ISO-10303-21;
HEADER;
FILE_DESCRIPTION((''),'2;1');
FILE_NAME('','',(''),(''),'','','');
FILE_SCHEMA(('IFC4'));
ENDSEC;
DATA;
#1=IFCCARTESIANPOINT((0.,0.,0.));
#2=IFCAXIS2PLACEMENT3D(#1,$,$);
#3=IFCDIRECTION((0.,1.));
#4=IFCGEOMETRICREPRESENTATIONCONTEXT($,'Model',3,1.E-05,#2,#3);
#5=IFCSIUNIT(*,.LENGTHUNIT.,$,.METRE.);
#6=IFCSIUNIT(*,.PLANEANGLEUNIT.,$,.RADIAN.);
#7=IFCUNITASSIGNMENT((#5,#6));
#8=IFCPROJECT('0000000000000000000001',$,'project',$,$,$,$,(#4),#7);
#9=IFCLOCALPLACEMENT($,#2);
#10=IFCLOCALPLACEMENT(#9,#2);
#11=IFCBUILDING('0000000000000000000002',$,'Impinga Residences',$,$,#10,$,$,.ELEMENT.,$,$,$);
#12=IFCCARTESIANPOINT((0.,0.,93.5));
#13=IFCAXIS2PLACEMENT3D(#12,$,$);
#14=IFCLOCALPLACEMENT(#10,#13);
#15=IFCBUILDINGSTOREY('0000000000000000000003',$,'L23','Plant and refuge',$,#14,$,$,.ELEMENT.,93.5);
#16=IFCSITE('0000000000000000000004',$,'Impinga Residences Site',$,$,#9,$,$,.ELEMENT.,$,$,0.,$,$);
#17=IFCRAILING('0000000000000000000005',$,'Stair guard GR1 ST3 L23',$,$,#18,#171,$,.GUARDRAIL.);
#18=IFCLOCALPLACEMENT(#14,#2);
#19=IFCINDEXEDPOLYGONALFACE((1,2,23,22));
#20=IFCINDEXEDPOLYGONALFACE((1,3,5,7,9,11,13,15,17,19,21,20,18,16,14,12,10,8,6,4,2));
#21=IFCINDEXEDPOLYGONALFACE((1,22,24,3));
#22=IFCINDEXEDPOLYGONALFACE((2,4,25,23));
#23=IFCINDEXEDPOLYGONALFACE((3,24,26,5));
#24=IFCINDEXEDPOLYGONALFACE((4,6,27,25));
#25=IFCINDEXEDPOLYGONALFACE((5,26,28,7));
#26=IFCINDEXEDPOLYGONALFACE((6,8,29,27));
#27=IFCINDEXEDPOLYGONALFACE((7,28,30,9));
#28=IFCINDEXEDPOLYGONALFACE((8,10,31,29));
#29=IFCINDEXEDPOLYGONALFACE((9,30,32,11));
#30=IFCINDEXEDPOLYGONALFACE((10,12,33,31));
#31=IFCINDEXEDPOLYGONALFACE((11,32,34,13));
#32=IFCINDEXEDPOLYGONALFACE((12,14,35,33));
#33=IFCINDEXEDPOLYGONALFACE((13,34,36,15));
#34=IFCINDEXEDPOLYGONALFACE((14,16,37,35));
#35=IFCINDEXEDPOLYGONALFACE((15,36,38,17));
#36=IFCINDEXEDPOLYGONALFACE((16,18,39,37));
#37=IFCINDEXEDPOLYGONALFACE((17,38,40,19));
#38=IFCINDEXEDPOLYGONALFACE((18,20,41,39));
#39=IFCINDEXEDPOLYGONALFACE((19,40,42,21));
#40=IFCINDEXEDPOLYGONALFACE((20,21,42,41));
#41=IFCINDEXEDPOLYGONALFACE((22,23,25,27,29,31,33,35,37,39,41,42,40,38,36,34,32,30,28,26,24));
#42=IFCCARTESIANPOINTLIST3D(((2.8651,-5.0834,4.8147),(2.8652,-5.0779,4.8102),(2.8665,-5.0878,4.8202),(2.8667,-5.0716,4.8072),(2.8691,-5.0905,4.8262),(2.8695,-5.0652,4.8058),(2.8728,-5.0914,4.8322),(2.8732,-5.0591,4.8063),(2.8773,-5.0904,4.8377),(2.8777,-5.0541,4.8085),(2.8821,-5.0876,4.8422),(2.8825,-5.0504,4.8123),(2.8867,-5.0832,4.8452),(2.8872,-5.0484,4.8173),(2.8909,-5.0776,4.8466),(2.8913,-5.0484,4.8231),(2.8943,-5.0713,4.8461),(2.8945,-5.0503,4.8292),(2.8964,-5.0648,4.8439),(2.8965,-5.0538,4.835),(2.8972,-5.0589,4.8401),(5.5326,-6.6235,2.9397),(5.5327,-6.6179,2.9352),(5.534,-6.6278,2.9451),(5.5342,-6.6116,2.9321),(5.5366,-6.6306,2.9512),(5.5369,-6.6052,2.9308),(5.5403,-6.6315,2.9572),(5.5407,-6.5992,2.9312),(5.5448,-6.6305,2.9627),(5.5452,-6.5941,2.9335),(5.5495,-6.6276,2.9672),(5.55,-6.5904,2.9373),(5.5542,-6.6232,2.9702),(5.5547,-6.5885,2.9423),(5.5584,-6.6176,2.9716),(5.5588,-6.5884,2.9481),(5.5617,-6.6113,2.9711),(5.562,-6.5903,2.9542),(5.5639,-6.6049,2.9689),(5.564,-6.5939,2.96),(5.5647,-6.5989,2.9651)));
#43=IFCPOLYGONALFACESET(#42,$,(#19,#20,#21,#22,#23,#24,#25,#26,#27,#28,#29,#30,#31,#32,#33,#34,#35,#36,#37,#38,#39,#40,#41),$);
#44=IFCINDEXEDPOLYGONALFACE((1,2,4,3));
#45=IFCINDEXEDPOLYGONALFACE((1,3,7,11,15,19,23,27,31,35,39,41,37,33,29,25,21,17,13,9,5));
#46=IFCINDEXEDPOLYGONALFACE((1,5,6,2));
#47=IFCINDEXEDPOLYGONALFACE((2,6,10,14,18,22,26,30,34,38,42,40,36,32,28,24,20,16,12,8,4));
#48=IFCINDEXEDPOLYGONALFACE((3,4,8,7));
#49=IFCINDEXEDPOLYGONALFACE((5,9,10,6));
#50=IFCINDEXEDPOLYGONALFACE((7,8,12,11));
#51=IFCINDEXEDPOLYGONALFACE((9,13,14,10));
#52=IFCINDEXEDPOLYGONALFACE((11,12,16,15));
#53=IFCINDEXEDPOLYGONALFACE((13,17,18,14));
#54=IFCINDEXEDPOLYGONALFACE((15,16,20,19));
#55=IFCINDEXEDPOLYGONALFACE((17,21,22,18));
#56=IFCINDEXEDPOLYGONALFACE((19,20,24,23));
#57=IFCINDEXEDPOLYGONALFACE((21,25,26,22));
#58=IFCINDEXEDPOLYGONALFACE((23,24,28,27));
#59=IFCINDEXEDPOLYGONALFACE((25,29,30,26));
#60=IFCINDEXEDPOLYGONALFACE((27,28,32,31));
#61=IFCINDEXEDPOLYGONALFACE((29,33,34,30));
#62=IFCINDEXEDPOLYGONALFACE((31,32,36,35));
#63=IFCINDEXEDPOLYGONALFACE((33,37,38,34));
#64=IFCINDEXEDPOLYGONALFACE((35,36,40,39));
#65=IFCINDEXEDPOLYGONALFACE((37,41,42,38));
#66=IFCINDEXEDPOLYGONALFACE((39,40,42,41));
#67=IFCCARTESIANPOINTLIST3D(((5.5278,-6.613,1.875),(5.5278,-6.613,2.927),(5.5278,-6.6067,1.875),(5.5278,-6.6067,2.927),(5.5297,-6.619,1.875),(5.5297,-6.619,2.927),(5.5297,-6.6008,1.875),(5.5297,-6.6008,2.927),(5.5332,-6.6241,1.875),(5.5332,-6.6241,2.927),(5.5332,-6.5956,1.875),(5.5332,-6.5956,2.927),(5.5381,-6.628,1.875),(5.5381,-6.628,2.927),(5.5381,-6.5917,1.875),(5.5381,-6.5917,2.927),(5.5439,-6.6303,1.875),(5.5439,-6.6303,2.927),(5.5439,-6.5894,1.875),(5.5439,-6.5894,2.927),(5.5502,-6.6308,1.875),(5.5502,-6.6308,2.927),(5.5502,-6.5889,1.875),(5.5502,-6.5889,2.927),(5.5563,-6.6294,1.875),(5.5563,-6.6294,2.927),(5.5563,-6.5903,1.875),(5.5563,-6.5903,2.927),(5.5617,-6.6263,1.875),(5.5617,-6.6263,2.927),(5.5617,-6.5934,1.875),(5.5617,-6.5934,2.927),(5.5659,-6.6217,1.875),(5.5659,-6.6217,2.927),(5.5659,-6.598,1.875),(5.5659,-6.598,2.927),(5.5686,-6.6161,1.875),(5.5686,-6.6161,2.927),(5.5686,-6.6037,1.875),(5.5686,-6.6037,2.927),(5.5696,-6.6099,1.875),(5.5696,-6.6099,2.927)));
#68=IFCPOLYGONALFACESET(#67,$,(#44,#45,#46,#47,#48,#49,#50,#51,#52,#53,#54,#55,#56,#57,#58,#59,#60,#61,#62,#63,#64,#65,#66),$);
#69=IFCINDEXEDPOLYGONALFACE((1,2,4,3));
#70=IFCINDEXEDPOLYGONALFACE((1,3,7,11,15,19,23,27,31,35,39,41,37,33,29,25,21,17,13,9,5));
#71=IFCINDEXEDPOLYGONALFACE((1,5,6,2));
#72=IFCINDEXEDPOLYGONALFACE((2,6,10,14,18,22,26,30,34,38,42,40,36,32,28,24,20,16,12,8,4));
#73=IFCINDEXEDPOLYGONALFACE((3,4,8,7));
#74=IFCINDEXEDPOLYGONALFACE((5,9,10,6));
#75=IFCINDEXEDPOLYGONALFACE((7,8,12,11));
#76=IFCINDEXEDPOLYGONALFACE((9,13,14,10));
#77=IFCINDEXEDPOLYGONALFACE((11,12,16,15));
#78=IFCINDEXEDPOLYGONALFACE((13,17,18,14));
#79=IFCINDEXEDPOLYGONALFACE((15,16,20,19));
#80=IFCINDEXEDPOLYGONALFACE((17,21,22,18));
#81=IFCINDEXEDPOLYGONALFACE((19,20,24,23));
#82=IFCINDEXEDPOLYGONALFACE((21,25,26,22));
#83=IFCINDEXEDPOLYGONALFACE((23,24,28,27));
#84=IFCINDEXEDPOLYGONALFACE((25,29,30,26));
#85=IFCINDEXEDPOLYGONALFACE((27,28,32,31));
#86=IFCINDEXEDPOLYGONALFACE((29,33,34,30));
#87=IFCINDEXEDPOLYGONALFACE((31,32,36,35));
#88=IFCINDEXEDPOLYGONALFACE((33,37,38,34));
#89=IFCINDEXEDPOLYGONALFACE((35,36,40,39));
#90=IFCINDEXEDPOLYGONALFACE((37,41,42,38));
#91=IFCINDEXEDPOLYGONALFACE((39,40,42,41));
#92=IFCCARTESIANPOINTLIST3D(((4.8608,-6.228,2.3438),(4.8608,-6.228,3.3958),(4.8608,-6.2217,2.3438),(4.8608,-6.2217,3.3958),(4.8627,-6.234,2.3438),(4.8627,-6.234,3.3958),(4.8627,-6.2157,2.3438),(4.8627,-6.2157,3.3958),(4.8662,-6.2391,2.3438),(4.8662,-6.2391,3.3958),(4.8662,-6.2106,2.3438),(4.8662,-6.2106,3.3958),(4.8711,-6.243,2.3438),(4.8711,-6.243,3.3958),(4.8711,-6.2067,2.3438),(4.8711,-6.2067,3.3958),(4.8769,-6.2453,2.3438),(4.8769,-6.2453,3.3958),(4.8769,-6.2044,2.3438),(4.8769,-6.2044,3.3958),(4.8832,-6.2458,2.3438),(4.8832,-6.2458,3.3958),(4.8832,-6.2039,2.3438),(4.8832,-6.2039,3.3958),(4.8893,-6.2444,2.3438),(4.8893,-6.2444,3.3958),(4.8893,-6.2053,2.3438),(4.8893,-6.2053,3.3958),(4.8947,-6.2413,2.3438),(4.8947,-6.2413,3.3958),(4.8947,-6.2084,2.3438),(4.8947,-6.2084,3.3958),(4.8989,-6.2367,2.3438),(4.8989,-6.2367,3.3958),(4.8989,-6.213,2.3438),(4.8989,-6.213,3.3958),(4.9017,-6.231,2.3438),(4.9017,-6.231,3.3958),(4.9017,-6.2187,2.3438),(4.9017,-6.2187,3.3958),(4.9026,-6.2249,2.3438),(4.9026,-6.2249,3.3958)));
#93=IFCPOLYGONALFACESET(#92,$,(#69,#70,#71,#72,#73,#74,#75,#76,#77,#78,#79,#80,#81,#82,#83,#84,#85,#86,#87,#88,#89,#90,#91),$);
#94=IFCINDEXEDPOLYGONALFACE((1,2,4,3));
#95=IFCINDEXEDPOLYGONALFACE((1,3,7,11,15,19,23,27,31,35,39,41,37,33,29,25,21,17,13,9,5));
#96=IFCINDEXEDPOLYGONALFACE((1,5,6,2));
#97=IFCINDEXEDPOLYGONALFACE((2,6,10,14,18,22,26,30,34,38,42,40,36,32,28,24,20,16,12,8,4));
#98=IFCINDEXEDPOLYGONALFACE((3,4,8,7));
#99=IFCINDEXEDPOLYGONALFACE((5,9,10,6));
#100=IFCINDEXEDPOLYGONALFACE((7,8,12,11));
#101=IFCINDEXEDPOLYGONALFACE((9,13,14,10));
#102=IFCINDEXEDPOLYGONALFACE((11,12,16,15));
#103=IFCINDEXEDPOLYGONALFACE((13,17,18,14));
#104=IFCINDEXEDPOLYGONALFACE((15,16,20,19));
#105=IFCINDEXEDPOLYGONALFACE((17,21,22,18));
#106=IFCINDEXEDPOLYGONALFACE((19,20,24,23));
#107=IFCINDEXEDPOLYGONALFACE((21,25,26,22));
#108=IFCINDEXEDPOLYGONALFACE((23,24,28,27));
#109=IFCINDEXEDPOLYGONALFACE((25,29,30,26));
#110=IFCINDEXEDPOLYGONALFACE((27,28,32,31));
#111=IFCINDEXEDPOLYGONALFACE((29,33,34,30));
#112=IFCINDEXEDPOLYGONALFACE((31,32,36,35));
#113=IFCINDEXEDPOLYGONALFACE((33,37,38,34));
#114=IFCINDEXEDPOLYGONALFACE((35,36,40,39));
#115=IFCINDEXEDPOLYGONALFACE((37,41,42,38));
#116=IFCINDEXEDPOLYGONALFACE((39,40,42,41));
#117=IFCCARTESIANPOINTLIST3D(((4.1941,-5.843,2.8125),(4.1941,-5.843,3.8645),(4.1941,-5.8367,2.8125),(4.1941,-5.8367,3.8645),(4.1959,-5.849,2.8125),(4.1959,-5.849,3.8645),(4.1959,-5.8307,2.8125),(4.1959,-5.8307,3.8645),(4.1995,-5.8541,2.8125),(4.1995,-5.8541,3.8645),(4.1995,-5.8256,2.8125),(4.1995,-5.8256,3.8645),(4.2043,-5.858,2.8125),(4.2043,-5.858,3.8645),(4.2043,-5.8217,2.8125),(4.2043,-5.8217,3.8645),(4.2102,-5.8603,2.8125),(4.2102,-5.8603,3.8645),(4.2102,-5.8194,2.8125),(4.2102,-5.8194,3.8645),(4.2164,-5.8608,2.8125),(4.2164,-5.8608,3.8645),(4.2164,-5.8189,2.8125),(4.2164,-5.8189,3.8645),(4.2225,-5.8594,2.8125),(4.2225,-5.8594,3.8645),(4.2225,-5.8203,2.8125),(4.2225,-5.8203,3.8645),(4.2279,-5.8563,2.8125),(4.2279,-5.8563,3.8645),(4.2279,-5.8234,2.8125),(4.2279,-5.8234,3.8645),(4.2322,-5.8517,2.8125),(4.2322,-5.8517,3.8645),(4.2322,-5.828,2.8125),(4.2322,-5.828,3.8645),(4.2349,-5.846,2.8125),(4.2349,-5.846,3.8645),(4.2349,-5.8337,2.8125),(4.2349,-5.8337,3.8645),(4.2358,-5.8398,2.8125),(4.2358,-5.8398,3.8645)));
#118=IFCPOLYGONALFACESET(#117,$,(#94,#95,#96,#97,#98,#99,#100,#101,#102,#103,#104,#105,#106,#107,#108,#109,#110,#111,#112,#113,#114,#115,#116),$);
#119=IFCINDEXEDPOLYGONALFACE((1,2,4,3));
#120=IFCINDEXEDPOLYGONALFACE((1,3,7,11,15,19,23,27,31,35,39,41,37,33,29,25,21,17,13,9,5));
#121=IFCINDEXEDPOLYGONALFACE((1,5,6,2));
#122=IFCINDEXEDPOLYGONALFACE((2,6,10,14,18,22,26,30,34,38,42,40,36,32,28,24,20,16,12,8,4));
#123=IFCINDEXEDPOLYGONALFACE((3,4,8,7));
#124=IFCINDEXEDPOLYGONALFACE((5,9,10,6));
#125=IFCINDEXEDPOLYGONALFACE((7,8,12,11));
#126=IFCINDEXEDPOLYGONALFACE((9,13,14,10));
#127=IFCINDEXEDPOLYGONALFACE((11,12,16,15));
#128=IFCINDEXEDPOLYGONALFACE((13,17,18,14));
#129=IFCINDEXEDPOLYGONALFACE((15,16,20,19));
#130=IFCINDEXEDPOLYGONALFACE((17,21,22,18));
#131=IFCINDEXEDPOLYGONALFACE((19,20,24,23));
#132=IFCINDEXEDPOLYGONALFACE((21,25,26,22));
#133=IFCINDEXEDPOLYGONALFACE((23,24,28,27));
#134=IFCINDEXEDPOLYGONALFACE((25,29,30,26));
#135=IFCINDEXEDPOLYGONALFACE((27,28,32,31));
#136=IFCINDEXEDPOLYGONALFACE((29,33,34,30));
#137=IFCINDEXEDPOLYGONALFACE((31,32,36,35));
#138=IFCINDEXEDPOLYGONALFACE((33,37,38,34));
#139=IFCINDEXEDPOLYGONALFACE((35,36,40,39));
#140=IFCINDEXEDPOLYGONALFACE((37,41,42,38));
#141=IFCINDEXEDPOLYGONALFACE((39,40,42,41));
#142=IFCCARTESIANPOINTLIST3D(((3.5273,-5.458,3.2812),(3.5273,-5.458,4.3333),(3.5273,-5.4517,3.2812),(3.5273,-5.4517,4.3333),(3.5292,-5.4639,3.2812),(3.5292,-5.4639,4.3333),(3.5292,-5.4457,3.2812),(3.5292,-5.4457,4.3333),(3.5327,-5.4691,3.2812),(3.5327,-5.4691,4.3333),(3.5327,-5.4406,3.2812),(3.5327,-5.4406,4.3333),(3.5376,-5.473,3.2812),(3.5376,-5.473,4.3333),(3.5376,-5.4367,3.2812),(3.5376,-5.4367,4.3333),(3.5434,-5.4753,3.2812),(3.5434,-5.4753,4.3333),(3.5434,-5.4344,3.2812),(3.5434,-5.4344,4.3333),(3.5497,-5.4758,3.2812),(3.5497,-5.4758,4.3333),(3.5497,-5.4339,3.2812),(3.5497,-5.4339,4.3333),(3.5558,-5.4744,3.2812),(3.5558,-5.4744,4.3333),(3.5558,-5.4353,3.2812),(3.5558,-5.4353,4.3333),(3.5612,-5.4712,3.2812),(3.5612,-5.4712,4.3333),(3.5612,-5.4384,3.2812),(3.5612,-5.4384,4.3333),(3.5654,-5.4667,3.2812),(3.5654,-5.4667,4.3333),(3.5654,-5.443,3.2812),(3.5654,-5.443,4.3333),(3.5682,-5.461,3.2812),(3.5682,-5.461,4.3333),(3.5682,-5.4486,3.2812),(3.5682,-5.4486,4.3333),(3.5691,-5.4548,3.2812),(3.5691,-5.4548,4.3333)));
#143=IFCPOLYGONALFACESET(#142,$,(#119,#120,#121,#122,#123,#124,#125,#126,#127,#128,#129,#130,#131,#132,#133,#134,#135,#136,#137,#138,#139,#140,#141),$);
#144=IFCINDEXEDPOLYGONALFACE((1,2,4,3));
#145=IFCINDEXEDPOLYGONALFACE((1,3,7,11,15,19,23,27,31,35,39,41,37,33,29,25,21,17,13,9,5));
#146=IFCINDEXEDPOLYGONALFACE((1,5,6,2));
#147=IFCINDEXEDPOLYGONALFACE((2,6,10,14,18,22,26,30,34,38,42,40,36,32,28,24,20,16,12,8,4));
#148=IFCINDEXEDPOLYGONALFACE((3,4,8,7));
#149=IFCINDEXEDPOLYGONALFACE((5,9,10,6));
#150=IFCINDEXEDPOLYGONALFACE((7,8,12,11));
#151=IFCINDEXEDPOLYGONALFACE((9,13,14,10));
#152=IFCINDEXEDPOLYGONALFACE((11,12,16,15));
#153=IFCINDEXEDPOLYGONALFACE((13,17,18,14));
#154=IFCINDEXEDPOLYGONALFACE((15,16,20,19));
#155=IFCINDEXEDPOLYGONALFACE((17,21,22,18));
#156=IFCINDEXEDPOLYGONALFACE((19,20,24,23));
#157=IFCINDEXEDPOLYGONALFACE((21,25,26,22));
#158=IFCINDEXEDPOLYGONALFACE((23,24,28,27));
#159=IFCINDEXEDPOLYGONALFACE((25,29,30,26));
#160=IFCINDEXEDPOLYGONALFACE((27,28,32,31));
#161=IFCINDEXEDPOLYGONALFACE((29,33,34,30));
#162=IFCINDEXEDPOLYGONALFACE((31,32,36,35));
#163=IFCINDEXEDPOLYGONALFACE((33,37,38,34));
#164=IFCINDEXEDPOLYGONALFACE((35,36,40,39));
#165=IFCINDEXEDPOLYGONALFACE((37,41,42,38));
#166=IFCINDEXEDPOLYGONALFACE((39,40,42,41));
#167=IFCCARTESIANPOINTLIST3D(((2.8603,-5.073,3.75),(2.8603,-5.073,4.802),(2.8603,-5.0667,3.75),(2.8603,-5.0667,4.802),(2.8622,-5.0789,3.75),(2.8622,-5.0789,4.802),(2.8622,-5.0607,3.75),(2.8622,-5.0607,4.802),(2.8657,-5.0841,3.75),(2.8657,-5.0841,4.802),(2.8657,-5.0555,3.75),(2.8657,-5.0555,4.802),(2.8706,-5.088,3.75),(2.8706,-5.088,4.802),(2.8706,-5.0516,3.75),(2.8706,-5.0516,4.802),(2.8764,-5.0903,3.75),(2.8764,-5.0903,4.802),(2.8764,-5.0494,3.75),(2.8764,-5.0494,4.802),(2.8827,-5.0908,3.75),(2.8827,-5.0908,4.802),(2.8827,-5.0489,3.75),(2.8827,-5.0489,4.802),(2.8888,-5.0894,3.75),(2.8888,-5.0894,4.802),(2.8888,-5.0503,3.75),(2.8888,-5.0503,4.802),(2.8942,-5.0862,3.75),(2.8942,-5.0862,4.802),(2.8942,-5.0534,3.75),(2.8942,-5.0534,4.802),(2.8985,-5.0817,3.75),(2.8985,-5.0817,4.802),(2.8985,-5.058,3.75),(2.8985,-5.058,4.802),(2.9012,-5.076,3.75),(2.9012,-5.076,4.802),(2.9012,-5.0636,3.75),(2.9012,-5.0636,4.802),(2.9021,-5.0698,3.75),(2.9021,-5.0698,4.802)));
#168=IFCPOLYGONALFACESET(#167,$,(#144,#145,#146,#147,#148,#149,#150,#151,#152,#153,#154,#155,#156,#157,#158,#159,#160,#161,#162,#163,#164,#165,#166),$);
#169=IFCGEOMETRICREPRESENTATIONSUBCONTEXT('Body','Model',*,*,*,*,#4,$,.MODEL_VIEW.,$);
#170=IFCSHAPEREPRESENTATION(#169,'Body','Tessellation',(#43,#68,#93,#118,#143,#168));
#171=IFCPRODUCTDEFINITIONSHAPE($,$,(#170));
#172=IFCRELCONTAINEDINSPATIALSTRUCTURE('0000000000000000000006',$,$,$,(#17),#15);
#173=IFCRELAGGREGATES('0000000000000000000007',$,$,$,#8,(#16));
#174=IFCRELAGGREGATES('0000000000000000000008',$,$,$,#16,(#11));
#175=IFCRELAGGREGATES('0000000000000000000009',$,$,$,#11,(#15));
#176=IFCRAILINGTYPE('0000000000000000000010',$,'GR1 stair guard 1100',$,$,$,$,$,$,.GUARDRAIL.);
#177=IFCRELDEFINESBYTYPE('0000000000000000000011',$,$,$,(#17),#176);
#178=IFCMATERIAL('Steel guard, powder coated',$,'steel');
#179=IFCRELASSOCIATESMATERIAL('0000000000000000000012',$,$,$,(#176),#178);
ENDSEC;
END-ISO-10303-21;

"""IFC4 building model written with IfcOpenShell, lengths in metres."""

from ifc_helpers import new_model, si_unit, direction, frame, origin, origin_2d, place, context, subcontext, project, spatial, circle, extrude, material, type_object, element, save


model = new_model("IFC4")

# Units and contexts
model_context = context("Model", 3, precision=1e-05, world=origin(), true_north=direction((0.0, 1.0)))
body_context = subcontext(model_context, "Body", "Model", "MODEL_VIEW")
ifc_project = project(units=[si_unit("LENGTHUNIT", "METRE"), si_unit("PLANEANGLEUNIT", "RADIAN")], contexts=[model_context])

# Site, building, storey
site_placement = place(None, origin())
site = spatial("IfcSite", under=ifc_project, at=site_placement, Name="Impinga Residences Site", CompositionType="ELEMENT", RefElevation=0.0)
building_placement = place(site_placement, origin())
building = spatial("IfcBuilding", under=site, at=building_placement, Name="Impinga Residences", CompositionType="ELEMENT")
storey_placement = place(building_placement, frame((0.0, 0.0, 93.5)))
storey = spatial("IfcBuildingStorey", under=building, at=storey_placement, Name="L23", Description="Plant and refuge", CompositionType="ELEMENT", Elevation=93.5)

# Railing
ifc_material_1 = material(Name="Steel guard, powder coated", Category="steel")
railing_type_1 = type_object("IfcRailingType", Name="GR1 stair guard 1100", PredefinedType="GUARDRAIL", material=ifc_material_1)
for number, where, name in (
    (1, (5.5486, -6.6099, 1.875), "Stair guard GR1 ST3 L23"),
):
    element("IfcRailing", number, at=place(storey_placement, frame(where)), inside=storey, type_object=railing_type_1, Name=name, PredefinedType="GUARDRAIL", context=body_context, shape_type="SweptSolid", body=[
        extrude(circle(Radius=0.0239, at=origin_2d()), frame((0.0, 0.0, 1.0762), z_axis=(-0.739746, 0.427084, 0.519975), x_axis=(-0.499992, -0.86603, 0.0)), (0.0, 0.0, 1.0), 3.606),
        extrude(circle(Radius=0.021, at=origin_2d()), origin(), (0.0, 0.0, 1.0), 1.052),
        extrude(circle(Radius=0.021, at=origin_2d()), frame((-0.667, 0.385, 0.4688)), (0.0, 0.0, 1.0), 1.052),
        extrude(circle(Radius=0.021, at=origin_2d()), frame((-1.3337, 0.77, 0.9375)), (0.0, 0.0, 1.0), 1.052),
        extrude(circle(Radius=0.021, at=origin_2d()), frame((-2.0005, 1.155, 1.4062)), (0.0, 0.0, 1.0), 1.052),
        extrude(circle(Radius=0.021, at=origin_2d()), frame((-2.6675, 1.54, 1.875)), (0.0, 0.0, 1.0), 1.052),
    ])

save(model, "model.ifc")
